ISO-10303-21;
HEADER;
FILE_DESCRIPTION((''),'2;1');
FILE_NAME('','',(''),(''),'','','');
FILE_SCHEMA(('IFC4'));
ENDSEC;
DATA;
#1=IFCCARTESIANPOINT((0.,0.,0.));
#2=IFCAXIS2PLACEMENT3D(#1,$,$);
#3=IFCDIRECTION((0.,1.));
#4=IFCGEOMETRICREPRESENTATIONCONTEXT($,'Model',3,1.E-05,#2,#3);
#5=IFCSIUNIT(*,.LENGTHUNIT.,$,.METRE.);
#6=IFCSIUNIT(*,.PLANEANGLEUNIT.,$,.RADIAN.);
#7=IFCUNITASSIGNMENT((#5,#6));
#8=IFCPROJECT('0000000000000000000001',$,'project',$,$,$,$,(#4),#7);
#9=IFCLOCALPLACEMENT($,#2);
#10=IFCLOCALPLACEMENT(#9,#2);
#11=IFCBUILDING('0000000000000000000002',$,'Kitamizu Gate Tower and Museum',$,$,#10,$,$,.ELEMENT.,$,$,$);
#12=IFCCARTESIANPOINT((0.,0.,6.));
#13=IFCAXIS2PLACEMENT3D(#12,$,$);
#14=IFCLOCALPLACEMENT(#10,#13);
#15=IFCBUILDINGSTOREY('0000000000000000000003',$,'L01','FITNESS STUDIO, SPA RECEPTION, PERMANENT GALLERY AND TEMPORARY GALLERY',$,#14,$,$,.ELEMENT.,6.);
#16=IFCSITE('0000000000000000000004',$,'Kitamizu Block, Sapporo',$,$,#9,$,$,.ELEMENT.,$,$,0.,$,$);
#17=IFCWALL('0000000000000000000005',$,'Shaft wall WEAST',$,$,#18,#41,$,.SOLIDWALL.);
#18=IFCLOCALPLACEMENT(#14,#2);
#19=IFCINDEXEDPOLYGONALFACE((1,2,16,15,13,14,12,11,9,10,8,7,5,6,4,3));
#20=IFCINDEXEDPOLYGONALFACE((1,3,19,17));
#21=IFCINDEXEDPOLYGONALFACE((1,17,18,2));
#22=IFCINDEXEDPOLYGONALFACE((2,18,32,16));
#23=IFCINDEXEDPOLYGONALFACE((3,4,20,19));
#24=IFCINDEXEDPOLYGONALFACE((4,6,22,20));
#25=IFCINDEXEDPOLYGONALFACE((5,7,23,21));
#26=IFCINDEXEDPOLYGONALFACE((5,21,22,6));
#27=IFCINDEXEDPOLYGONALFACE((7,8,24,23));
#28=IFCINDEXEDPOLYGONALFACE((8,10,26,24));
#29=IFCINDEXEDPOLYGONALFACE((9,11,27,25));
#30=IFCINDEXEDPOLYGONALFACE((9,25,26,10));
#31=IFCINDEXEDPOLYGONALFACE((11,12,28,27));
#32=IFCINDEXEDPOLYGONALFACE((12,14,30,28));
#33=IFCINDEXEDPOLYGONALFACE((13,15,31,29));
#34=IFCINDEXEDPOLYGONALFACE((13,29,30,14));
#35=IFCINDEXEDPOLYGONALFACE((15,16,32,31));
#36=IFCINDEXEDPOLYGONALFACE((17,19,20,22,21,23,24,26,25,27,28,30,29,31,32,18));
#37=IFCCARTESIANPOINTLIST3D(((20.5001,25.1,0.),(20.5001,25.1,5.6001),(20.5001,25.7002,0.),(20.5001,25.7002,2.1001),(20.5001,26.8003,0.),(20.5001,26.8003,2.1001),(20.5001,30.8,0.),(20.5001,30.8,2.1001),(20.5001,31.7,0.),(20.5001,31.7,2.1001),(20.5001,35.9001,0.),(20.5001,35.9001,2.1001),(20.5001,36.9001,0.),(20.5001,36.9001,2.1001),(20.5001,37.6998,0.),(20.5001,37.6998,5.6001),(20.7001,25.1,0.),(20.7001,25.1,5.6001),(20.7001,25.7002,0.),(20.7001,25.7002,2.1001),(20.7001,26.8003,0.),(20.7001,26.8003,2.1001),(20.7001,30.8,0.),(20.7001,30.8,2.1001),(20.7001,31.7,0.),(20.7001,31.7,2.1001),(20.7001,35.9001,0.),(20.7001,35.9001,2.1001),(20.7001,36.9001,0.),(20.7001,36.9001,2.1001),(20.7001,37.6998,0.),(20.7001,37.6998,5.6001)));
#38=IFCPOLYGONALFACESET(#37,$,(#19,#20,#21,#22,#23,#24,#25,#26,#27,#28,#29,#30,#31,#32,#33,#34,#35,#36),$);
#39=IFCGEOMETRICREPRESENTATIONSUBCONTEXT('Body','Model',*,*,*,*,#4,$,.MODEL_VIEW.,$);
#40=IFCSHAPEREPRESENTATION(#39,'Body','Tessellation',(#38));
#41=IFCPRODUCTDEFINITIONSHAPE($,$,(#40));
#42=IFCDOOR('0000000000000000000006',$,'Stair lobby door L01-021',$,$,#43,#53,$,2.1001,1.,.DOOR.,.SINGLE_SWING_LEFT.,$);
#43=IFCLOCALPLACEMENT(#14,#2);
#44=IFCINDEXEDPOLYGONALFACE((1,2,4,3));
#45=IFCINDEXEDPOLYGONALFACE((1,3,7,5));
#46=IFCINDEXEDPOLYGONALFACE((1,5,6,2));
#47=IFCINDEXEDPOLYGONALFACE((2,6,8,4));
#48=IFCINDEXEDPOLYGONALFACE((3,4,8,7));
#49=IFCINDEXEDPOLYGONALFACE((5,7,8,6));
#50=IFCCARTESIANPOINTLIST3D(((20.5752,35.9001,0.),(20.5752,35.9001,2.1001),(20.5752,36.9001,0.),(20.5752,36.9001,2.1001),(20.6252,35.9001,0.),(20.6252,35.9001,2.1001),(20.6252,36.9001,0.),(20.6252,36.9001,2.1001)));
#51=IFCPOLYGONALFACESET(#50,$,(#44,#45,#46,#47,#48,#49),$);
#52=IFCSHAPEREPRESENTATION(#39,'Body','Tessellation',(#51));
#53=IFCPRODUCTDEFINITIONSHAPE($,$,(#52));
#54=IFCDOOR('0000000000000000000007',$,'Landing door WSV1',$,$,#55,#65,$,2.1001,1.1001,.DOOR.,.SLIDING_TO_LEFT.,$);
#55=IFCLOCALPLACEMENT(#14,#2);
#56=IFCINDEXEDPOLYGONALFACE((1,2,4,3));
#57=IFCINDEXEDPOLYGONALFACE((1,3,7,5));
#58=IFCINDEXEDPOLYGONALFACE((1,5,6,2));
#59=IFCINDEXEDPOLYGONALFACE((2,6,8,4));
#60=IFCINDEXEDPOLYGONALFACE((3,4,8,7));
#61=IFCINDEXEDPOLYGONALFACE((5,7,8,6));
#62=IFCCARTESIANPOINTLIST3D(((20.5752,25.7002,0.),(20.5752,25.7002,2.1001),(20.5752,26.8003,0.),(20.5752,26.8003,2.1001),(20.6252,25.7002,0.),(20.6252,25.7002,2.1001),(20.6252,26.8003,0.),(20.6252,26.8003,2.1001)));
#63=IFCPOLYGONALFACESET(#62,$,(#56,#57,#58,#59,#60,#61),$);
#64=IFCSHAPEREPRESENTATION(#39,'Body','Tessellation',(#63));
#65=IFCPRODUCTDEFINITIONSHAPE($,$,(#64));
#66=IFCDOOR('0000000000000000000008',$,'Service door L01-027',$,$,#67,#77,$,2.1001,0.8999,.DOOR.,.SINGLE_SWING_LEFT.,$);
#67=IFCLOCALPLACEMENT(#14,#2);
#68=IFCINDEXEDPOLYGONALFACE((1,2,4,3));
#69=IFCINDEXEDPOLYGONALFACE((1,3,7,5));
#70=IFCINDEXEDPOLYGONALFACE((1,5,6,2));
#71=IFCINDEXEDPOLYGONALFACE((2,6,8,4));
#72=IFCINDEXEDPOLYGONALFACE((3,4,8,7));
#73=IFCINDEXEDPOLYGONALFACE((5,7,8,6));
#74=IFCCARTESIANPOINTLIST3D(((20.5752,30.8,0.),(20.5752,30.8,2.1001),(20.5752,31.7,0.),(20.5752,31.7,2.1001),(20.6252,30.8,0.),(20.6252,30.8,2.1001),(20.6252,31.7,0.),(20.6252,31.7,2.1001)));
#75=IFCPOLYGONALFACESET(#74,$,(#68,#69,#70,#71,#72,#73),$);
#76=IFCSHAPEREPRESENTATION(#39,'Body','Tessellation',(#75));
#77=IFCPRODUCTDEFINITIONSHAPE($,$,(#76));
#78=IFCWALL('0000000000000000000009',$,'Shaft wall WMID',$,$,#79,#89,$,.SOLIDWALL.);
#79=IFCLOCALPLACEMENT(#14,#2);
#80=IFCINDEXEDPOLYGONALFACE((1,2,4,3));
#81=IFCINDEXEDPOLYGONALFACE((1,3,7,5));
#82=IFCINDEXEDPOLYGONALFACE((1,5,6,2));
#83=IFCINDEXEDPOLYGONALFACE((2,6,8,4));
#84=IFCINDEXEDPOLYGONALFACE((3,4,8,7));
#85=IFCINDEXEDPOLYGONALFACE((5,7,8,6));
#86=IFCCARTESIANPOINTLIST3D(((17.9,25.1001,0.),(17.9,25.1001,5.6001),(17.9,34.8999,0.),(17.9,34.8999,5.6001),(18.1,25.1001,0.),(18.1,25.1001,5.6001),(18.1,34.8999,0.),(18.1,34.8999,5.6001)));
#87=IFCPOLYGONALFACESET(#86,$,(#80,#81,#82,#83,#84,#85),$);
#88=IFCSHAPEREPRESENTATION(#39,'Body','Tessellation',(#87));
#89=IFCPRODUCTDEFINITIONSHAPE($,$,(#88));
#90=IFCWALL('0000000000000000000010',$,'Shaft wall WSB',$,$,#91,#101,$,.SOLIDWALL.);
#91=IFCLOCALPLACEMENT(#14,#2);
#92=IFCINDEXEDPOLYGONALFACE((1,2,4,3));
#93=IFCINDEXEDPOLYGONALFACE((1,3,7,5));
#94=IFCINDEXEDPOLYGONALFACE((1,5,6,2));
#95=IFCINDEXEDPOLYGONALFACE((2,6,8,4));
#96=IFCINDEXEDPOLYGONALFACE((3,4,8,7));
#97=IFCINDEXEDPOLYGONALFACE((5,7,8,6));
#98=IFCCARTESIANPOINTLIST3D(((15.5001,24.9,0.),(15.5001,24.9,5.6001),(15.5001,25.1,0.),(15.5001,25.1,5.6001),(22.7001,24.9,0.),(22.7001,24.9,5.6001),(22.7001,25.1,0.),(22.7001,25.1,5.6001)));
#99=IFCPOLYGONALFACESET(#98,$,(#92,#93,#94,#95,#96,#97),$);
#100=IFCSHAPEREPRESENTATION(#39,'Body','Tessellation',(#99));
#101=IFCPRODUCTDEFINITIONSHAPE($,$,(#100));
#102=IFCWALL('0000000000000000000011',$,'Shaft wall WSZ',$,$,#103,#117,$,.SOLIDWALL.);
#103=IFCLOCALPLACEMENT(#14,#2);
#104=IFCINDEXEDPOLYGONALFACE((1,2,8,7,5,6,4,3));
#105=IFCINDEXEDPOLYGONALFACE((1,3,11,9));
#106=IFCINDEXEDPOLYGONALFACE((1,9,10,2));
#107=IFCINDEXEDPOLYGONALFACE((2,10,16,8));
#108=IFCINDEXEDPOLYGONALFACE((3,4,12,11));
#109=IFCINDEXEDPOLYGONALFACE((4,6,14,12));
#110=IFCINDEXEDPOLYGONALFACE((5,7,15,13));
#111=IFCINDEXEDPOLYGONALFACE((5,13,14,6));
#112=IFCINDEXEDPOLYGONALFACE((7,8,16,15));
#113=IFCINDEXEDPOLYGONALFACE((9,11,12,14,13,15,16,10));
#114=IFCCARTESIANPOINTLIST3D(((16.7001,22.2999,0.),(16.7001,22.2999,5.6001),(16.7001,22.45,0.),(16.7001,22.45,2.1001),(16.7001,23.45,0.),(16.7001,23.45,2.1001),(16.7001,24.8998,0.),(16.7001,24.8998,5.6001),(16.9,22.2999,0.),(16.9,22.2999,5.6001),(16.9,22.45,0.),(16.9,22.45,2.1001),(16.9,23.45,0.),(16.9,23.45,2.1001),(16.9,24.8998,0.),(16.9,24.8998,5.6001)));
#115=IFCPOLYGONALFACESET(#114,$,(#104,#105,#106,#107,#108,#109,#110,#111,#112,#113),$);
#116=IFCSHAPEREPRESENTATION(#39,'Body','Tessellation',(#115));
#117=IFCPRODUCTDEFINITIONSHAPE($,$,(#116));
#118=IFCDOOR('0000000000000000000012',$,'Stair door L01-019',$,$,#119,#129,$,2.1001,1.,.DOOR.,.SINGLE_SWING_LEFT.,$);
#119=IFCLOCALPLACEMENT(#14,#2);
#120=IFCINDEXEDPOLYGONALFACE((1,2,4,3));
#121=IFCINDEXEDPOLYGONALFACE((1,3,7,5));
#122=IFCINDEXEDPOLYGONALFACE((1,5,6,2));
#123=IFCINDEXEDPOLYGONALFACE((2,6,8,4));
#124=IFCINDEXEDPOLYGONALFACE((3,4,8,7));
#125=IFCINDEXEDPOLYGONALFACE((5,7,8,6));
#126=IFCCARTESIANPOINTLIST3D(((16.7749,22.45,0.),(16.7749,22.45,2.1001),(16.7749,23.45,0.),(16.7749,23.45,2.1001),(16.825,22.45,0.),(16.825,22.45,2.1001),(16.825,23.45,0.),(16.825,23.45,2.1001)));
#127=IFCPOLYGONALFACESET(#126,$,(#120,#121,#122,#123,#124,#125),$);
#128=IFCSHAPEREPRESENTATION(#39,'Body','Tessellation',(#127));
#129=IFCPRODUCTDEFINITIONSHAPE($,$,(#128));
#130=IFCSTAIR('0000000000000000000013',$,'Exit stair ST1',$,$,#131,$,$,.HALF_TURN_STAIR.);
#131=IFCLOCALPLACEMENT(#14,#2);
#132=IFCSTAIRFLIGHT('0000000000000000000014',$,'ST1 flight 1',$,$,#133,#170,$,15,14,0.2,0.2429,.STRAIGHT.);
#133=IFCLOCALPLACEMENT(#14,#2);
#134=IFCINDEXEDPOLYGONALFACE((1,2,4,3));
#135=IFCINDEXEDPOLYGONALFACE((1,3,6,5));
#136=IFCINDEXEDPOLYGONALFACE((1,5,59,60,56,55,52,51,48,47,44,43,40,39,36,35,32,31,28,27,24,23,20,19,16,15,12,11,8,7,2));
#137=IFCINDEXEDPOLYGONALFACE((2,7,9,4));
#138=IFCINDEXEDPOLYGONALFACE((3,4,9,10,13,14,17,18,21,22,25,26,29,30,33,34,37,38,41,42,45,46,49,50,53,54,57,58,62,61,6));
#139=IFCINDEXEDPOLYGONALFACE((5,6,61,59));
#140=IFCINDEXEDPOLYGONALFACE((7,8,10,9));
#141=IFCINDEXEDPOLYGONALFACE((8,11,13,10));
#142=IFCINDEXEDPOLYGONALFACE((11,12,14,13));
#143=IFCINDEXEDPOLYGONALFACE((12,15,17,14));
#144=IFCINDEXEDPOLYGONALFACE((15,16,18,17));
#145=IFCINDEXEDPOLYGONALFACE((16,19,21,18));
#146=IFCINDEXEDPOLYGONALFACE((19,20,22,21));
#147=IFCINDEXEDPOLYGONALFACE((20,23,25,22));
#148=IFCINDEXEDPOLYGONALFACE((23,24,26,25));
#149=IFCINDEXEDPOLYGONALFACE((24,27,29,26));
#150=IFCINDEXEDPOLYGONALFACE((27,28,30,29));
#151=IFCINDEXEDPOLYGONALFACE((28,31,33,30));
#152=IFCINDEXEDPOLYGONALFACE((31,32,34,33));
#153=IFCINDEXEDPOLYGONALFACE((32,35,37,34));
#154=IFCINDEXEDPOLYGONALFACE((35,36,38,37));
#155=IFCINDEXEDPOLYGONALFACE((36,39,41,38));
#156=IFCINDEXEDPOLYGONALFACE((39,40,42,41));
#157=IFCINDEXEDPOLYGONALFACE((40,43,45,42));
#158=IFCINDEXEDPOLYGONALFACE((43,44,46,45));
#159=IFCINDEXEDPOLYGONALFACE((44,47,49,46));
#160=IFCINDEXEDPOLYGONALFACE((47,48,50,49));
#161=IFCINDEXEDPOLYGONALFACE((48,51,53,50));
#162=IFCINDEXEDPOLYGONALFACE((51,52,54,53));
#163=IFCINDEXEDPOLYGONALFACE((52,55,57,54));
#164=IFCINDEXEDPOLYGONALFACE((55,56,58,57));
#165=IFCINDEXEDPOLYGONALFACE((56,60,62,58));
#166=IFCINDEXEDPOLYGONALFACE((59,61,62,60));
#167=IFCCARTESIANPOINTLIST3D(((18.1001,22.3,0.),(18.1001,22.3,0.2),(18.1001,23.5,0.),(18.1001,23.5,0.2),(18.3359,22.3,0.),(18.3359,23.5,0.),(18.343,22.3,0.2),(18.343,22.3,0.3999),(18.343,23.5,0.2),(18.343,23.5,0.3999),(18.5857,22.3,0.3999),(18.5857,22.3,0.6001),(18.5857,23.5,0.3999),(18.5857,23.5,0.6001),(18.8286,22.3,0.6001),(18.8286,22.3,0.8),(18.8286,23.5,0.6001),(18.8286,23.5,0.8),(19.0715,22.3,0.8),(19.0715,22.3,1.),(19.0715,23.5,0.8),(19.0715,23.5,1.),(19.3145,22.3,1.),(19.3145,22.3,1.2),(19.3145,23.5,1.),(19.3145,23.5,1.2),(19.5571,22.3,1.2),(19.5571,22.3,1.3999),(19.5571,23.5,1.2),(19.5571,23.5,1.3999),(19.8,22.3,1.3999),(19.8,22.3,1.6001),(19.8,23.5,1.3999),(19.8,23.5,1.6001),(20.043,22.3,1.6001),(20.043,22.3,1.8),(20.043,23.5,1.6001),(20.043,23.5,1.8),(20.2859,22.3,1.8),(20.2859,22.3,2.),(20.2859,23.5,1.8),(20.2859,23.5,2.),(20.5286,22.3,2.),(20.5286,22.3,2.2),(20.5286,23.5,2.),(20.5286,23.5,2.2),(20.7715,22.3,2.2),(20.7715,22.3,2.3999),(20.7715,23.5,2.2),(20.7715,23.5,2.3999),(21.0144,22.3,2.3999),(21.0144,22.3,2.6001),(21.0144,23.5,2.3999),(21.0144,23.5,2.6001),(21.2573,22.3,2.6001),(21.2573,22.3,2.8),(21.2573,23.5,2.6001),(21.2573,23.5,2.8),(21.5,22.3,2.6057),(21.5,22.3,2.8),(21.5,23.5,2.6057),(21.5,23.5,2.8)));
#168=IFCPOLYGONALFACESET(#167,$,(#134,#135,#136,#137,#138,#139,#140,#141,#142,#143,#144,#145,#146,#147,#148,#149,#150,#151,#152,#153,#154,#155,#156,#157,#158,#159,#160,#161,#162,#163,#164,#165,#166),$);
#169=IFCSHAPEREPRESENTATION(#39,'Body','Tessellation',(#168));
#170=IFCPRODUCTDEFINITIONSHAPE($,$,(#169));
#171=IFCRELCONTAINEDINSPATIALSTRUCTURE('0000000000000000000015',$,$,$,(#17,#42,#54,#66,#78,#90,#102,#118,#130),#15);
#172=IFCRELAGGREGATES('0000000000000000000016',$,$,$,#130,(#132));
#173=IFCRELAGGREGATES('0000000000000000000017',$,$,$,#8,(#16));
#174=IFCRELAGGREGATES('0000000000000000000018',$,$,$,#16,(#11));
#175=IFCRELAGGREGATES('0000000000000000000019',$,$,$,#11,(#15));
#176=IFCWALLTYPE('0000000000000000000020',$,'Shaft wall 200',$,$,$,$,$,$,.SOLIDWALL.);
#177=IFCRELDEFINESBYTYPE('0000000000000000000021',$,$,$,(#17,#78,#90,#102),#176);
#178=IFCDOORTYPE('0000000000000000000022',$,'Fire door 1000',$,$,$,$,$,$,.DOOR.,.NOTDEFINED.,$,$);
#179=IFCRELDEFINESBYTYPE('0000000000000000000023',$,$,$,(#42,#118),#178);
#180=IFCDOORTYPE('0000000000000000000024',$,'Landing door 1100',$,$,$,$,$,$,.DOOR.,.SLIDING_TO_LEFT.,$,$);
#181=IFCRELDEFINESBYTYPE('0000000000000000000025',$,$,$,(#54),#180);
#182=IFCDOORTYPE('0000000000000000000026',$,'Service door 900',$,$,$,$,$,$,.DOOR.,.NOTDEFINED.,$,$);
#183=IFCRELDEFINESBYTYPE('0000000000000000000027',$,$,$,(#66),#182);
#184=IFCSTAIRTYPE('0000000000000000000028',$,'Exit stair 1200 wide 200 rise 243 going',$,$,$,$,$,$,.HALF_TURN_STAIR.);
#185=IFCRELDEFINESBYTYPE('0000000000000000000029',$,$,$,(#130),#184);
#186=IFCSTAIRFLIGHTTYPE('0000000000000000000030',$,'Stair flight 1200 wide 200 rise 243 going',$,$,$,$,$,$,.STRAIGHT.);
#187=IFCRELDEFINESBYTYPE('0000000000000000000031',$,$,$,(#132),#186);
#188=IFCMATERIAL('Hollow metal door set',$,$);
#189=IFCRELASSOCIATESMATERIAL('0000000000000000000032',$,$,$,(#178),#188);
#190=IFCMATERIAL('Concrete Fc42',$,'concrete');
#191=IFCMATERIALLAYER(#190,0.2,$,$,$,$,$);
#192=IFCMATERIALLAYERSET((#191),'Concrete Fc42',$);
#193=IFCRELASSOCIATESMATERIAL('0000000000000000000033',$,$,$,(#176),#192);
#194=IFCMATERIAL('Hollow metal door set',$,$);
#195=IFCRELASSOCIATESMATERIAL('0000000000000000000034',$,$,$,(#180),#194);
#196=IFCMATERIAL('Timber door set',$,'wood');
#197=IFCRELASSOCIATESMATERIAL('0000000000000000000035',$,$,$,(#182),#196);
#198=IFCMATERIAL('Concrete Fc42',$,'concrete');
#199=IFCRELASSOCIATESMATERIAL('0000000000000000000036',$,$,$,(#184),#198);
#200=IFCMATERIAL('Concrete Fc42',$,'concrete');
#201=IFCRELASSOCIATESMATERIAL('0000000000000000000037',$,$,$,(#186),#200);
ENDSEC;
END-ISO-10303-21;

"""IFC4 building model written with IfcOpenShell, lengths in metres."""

from ifc_helpers import new_model, si_unit, direction, frame, frame_2d, origin, place, context, subcontext, project, spatial, polyline, rectangle, outline, extrude, material, layer, layer_set, type_object, element, fill, aggregate, save


model = new_model("IFC4")

# Units and contexts
model_context = context("Model", 3, precision=1e-05, world=origin(), true_north=direction((0.0, 1.0)))
body_context = subcontext(model_context, "Body", "Model", "MODEL_VIEW")
ifc_project = project(units=[si_unit("LENGTHUNIT", "METRE"), si_unit("PLANEANGLEUNIT", "RADIAN")], contexts=[model_context])

# Site, building, storey
site_placement = place(None, origin())
site = spatial("IfcSite", under=ifc_project, at=site_placement, Name="Kitamizu Block, Sapporo", CompositionType="ELEMENT", RefElevation=0.0)
building_placement = place(site_placement, origin())
building = spatial("IfcBuilding", under=site, at=building_placement, Name="Kitamizu Gate Tower and Museum", CompositionType="ELEMENT")
storey_placement = place(building_placement, frame((0.0, 0.0, 6.0)))
storey = spatial("IfcBuildingStorey", under=building, at=storey_placement, Name="L01", Description="FITNESS STUDIO, SPA RECEPTION, PERMANENT GALLERY AND TEMPORARY GALLERY", CompositionType="ELEMENT", Elevation=6.0)

# Wall, openings, doors
ifc_material_1 = material(Name="Hollow metal door set")
door_type_1 = type_object("IfcDoorType", Name="Fire door 1000", OperationType="NOTDEFINED", PredefinedType="DOOR", material=ifc_material_1)
ifc_material_2 = material(Name="Concrete Fc42", Category="concrete")
ifc_layer_1 = layer(ifc_material_2, 0.2)
ifc_layer_set_1 = layer_set([ifc_layer_1], Name="Concrete Fc42")
wall_type_1 = type_object("IfcWallType", Name="Shaft wall 200", PredefinedType="SOLIDWALL", material=ifc_layer_set_1)
ifc_material_3 = material(Name="Hollow metal door set")
door_type_2 = type_object("IfcDoorType", Name="Landing door 1100", OperationType="SLIDING_TO_LEFT", PredefinedType="DOOR", material=ifc_material_3)
wall_1_placement = place(storey_placement, frame((20.6001, 25.1001, 0.0), z_axis=(0.0, 0.0, 1.0), x_axis=(0.0, 1.0, 0.0)))
wall_1 = element("IfcWall", 1, at=wall_1_placement, inside=storey, type_object=wall_type_1, Name="Shaft wall WEAST", PredefinedType="SOLIDWALL", context=body_context, shape_type="SweptSolid", body=[
    extrude(rectangle(XDim=12.5999, YDim=0.2, at=frame_2d((6.2998, 0.0))), origin(), (0.0, 0.0, 1.0), 5.6001),
])
opening_1_placement = place(wall_1_placement, frame((0.6001, 0.0, 0.0)))
opening_1 = element("IfcOpeningElement", 2, at=opening_1_placement, cuts=wall_1, PredefinedType="OPENING", context=body_context, shape_type="SweptSolid", body=[
    extrude(rectangle(XDim=1.1001, YDim=2.1001, at=frame_2d((0.55, 1.05))), frame((0.0, 0.1099, 0.0), z_axis=(0.0, -1.0, 0.0), x_axis=(1.0, 0.0, 0.0)), (0.0, 0.0, 1.0), 0.22),
])
opening_2_placement = place(wall_1_placement, frame((10.8, 0.0, 0.0)))
opening_2 = element("IfcOpeningElement", 3, at=opening_2_placement, cuts=wall_1, PredefinedType="OPENING", context=body_context, shape_type="SweptSolid", body=[
    extrude(rectangle(XDim=1.0, YDim=2.1001, at=frame_2d((0.5, 1.05))), frame((0.0, 0.1099, 0.0), z_axis=(0.0, -1.0, 0.0), x_axis=(1.0, 0.0, 0.0)), (0.0, 0.0, 1.0), 0.22),
])
opening_3_placement = place(wall_1_placement, frame((5.7, 0.0, 0.0)))
opening_3 = element("IfcOpeningElement", 4, at=opening_3_placement, cuts=wall_1, PredefinedType="OPENING", context=body_context, shape_type="SweptSolid", body=[
    extrude(rectangle(XDim=0.8999, YDim=2.1001, at=frame_2d((0.45, 1.05))), frame((0.0, 0.1099, 0.0), z_axis=(0.0, -1.0, 0.0), x_axis=(1.0, 0.0, 0.0)), (0.0, 0.0, 1.0), 0.22),
])
door_1_placement = place(opening_2_placement, origin())
door_1 = element("IfcDoor", 5, at=door_1_placement, inside=storey, type_object=door_type_1, Name="Stair lobby door L01-021", OperationType="SINGLE_SWING_LEFT", OverallHeight=2.1001, OverallWidth=1.0, PredefinedType="DOOR", context=body_context, shape_type="SweptSolid", body=[
    extrude(rectangle(XDim=1.0, YDim=2.1001, at=frame_2d((0.5, 1.05))), frame((0.0, 0.0249, 0.0), z_axis=(0.0, -1.0, 0.0), x_axis=(1.0, 0.0, 0.0)), (0.0, 0.0, 1.0), 0.05),
])
fill(opening_2, door_1)
door_2_placement = place(opening_1_placement, origin())
door_2 = element("IfcDoor", 6, at=door_2_placement, inside=storey, type_object=door_type_2, Name="Landing door WSV1", OperationType="SLIDING_TO_LEFT", OverallHeight=2.1001, OverallWidth=1.1001, PredefinedType="DOOR", context=body_context, shape_type="SweptSolid", body=[
    extrude(rectangle(XDim=1.1001, YDim=2.1001, at=frame_2d((0.55, 1.05))), frame((0.0, 0.0249, 0.0), z_axis=(0.0, -1.0, 0.0), x_axis=(1.0, 0.0, 0.0)), (0.0, 0.0, 1.0), 0.05),
])
fill(opening_1, door_2)
ifc_material_4 = material(Name="Timber door set", Category="wood")
door_type_3 = type_object("IfcDoorType", Name="Service door 900", OperationType="NOTDEFINED", PredefinedType="DOOR", material=ifc_material_4)
door_3_placement = place(opening_3_placement, origin())
door_3 = element("IfcDoor", 7, at=door_3_placement, inside=storey, type_object=door_type_3, Name="Service door L01-027", OperationType="SINGLE_SWING_LEFT", OverallHeight=2.1001, OverallWidth=0.8999, PredefinedType="DOOR", context=body_context, shape_type="SweptSolid", body=[
    extrude(rectangle(XDim=0.8999, YDim=2.1001, at=frame_2d((0.45, 1.05))), frame((0.0, 0.0249, 0.0), z_axis=(0.0, -1.0, 0.0), x_axis=(1.0, 0.0, 0.0)), (0.0, 0.0, 1.0), 0.05),
])
fill(opening_3, door_3)

# Walls
wall_2_placement = place(storey_placement, frame((18.0, 25.1001, 0.0), z_axis=(0.0, 0.0, 1.0), x_axis=(0.0, 1.0, 0.0)))
element("IfcWall", 8, at=wall_2_placement, inside=storey, type_object=wall_type_1, Name="Shaft wall WMID", PredefinedType="SOLIDWALL", context=body_context, shape_type="SweptSolid", body=[
    extrude(rectangle(XDim=9.7998, YDim=0.2, at=frame_2d((4.8999, 0.0))), origin(), (0.0, 0.0, 1.0), 5.6001),
])
wall_3_placement = place(storey_placement, frame((15.5, 25.0, 0.0), z_axis=(0.0, 0.0, 1.0), x_axis=(1.0, 0.0, 0.0)))
element("IfcWall", 9, at=wall_3_placement, inside=storey, type_object=wall_type_1, Name="Shaft wall WSB", PredefinedType="SOLIDWALL", context=body_context, shape_type="SweptSolid", body=[
    extrude(rectangle(XDim=7.2, YDim=0.2, at=frame_2d((3.6001, 0.0))), origin(), (0.0, 0.0, 1.0), 5.6001),
])

# Wall, opening, door
wall_4_placement = place(storey_placement, frame((16.8, 22.3, 0.0), z_axis=(0.0, 0.0, 1.0), x_axis=(0.0, 1.0, 0.0)))
wall_4 = element("IfcWall", 10, at=wall_4_placement, inside=storey, type_object=wall_type_1, Name="Shaft wall WSZ", PredefinedType="SOLIDWALL", context=body_context, shape_type="SweptSolid", body=[
    extrude(rectangle(XDim=2.5999, YDim=0.2, at=frame_2d((1.2998, 0.0))), origin(), (0.0, 0.0, 1.0), 5.6001),
])
opening_4_placement = place(wall_4_placement, frame((0.1499, 0.0, 0.0)))
opening_4 = element("IfcOpeningElement", 11, at=opening_4_placement, cuts=wall_4, PredefinedType="OPENING", context=body_context, shape_type="SweptSolid", body=[
    extrude(rectangle(XDim=1.0, YDim=2.1001, at=frame_2d((0.5, 1.05))), frame((0.0, 0.1099, 0.0), z_axis=(0.0, -1.0, 0.0), x_axis=(1.0, 0.0, 0.0)), (0.0, 0.0, 1.0), 0.22),
])
door_4_placement = place(opening_4_placement, frame((1.0, 0.0, 0.0), x_axis=(-1.0, 0.0, 0.0)))
door_4 = element("IfcDoor", 12, at=door_4_placement, inside=storey, type_object=door_type_1, Name="Stair door L01-019", OperationType="SINGLE_SWING_LEFT", OverallHeight=2.1001, OverallWidth=1.0, PredefinedType="DOOR", context=body_context, shape_type="SweptSolid", body=[
    extrude(rectangle(XDim=1.0, YDim=2.1001, at=frame_2d((0.5, 1.05))), frame((0.0, 0.0249, 0.0), z_axis=(0.0, -1.0, 0.0), x_axis=(1.0, 0.0, 0.0)), (0.0, 0.0, 1.0), 0.05),
])
fill(opening_4, door_4)

# Stair, stair flight
ifc_material_5 = material(Name="Concrete Fc42", Category="concrete")
stair_type = type_object("IfcStairType", Name="Exit stair 1200 wide 200 rise 243 going", PredefinedType="HALF_TURN_STAIR", material=ifc_material_5)
stair_placement = place(storey_placement, origin())
stair = element("IfcStair", 13, at=stair_placement, inside=storey, type_object=stair_type, Name="Exit stair ST1", PredefinedType="HALF_TURN_STAIR")
ifc_material_6 = material(Name="Concrete Fc42", Category="concrete")
stair_flight_type = type_object("IfcStairFlightType", Name="Stair flight 1200 wide 200 rise 243 going", PredefinedType="STRAIGHT", material=ifc_material_6)
stair_flight_1_placement = place(storey_placement, frame((18.1001, 22.8999, 0.0), z_axis=(0.0, 0.0, 1.0), x_axis=(1.0, 0.0, 0.0)))
stair_flight_1 = element("IfcStairFlight", 14, at=stair_flight_1_placement, type_object=stair_flight_type, Name="ST1 flight 1", NumberOfRisers=15, NumberOfTreads=14, PredefinedType="STRAIGHT", RiserHeight=0.2, TreadLength=0.2429, context=body_context, shape_type="SweptSolid", body=[
    extrude(outline(polyline([(0.0, 0.0), (0.0, 0.2), (0.2429, 0.2), (0.2429, 0.3999), (0.4856, 0.3999), (0.4856, 0.6001), (0.7285, 0.6001), (0.7285, 0.8), (0.9714, 0.8), (0.9714, 1.0), (1.2144, 1.0), (1.2144, 1.2), (1.457, 1.2), (1.457, 1.3999), (1.7, 1.3999), (1.7, 1.6001), (1.9429, 1.6001), (1.9429, 1.8), (2.1858, 1.8), (2.1858, 2.0), (2.4285, 2.0), (2.4285, 2.2), (2.6714, 2.2), (2.6714, 2.3999), (2.9143, 2.3999), (2.9143, 2.6001), (3.1572, 2.6001), (3.1572, 2.8), (3.3999, 2.8), (3.3999, 3.0), (3.3999, 2.6057), (0.2358, 0.0), (0.0, 0.0)])), frame((0.0, 0.6001, 0.0), z_axis=(0.0, -1.0, 0.0), x_axis=(1.0, 0.0, 0.0)), (0.0, 0.0, 1.0), 1.2),
])
aggregate(stair, [stair_flight_1])

save(model, "model.ifc")
